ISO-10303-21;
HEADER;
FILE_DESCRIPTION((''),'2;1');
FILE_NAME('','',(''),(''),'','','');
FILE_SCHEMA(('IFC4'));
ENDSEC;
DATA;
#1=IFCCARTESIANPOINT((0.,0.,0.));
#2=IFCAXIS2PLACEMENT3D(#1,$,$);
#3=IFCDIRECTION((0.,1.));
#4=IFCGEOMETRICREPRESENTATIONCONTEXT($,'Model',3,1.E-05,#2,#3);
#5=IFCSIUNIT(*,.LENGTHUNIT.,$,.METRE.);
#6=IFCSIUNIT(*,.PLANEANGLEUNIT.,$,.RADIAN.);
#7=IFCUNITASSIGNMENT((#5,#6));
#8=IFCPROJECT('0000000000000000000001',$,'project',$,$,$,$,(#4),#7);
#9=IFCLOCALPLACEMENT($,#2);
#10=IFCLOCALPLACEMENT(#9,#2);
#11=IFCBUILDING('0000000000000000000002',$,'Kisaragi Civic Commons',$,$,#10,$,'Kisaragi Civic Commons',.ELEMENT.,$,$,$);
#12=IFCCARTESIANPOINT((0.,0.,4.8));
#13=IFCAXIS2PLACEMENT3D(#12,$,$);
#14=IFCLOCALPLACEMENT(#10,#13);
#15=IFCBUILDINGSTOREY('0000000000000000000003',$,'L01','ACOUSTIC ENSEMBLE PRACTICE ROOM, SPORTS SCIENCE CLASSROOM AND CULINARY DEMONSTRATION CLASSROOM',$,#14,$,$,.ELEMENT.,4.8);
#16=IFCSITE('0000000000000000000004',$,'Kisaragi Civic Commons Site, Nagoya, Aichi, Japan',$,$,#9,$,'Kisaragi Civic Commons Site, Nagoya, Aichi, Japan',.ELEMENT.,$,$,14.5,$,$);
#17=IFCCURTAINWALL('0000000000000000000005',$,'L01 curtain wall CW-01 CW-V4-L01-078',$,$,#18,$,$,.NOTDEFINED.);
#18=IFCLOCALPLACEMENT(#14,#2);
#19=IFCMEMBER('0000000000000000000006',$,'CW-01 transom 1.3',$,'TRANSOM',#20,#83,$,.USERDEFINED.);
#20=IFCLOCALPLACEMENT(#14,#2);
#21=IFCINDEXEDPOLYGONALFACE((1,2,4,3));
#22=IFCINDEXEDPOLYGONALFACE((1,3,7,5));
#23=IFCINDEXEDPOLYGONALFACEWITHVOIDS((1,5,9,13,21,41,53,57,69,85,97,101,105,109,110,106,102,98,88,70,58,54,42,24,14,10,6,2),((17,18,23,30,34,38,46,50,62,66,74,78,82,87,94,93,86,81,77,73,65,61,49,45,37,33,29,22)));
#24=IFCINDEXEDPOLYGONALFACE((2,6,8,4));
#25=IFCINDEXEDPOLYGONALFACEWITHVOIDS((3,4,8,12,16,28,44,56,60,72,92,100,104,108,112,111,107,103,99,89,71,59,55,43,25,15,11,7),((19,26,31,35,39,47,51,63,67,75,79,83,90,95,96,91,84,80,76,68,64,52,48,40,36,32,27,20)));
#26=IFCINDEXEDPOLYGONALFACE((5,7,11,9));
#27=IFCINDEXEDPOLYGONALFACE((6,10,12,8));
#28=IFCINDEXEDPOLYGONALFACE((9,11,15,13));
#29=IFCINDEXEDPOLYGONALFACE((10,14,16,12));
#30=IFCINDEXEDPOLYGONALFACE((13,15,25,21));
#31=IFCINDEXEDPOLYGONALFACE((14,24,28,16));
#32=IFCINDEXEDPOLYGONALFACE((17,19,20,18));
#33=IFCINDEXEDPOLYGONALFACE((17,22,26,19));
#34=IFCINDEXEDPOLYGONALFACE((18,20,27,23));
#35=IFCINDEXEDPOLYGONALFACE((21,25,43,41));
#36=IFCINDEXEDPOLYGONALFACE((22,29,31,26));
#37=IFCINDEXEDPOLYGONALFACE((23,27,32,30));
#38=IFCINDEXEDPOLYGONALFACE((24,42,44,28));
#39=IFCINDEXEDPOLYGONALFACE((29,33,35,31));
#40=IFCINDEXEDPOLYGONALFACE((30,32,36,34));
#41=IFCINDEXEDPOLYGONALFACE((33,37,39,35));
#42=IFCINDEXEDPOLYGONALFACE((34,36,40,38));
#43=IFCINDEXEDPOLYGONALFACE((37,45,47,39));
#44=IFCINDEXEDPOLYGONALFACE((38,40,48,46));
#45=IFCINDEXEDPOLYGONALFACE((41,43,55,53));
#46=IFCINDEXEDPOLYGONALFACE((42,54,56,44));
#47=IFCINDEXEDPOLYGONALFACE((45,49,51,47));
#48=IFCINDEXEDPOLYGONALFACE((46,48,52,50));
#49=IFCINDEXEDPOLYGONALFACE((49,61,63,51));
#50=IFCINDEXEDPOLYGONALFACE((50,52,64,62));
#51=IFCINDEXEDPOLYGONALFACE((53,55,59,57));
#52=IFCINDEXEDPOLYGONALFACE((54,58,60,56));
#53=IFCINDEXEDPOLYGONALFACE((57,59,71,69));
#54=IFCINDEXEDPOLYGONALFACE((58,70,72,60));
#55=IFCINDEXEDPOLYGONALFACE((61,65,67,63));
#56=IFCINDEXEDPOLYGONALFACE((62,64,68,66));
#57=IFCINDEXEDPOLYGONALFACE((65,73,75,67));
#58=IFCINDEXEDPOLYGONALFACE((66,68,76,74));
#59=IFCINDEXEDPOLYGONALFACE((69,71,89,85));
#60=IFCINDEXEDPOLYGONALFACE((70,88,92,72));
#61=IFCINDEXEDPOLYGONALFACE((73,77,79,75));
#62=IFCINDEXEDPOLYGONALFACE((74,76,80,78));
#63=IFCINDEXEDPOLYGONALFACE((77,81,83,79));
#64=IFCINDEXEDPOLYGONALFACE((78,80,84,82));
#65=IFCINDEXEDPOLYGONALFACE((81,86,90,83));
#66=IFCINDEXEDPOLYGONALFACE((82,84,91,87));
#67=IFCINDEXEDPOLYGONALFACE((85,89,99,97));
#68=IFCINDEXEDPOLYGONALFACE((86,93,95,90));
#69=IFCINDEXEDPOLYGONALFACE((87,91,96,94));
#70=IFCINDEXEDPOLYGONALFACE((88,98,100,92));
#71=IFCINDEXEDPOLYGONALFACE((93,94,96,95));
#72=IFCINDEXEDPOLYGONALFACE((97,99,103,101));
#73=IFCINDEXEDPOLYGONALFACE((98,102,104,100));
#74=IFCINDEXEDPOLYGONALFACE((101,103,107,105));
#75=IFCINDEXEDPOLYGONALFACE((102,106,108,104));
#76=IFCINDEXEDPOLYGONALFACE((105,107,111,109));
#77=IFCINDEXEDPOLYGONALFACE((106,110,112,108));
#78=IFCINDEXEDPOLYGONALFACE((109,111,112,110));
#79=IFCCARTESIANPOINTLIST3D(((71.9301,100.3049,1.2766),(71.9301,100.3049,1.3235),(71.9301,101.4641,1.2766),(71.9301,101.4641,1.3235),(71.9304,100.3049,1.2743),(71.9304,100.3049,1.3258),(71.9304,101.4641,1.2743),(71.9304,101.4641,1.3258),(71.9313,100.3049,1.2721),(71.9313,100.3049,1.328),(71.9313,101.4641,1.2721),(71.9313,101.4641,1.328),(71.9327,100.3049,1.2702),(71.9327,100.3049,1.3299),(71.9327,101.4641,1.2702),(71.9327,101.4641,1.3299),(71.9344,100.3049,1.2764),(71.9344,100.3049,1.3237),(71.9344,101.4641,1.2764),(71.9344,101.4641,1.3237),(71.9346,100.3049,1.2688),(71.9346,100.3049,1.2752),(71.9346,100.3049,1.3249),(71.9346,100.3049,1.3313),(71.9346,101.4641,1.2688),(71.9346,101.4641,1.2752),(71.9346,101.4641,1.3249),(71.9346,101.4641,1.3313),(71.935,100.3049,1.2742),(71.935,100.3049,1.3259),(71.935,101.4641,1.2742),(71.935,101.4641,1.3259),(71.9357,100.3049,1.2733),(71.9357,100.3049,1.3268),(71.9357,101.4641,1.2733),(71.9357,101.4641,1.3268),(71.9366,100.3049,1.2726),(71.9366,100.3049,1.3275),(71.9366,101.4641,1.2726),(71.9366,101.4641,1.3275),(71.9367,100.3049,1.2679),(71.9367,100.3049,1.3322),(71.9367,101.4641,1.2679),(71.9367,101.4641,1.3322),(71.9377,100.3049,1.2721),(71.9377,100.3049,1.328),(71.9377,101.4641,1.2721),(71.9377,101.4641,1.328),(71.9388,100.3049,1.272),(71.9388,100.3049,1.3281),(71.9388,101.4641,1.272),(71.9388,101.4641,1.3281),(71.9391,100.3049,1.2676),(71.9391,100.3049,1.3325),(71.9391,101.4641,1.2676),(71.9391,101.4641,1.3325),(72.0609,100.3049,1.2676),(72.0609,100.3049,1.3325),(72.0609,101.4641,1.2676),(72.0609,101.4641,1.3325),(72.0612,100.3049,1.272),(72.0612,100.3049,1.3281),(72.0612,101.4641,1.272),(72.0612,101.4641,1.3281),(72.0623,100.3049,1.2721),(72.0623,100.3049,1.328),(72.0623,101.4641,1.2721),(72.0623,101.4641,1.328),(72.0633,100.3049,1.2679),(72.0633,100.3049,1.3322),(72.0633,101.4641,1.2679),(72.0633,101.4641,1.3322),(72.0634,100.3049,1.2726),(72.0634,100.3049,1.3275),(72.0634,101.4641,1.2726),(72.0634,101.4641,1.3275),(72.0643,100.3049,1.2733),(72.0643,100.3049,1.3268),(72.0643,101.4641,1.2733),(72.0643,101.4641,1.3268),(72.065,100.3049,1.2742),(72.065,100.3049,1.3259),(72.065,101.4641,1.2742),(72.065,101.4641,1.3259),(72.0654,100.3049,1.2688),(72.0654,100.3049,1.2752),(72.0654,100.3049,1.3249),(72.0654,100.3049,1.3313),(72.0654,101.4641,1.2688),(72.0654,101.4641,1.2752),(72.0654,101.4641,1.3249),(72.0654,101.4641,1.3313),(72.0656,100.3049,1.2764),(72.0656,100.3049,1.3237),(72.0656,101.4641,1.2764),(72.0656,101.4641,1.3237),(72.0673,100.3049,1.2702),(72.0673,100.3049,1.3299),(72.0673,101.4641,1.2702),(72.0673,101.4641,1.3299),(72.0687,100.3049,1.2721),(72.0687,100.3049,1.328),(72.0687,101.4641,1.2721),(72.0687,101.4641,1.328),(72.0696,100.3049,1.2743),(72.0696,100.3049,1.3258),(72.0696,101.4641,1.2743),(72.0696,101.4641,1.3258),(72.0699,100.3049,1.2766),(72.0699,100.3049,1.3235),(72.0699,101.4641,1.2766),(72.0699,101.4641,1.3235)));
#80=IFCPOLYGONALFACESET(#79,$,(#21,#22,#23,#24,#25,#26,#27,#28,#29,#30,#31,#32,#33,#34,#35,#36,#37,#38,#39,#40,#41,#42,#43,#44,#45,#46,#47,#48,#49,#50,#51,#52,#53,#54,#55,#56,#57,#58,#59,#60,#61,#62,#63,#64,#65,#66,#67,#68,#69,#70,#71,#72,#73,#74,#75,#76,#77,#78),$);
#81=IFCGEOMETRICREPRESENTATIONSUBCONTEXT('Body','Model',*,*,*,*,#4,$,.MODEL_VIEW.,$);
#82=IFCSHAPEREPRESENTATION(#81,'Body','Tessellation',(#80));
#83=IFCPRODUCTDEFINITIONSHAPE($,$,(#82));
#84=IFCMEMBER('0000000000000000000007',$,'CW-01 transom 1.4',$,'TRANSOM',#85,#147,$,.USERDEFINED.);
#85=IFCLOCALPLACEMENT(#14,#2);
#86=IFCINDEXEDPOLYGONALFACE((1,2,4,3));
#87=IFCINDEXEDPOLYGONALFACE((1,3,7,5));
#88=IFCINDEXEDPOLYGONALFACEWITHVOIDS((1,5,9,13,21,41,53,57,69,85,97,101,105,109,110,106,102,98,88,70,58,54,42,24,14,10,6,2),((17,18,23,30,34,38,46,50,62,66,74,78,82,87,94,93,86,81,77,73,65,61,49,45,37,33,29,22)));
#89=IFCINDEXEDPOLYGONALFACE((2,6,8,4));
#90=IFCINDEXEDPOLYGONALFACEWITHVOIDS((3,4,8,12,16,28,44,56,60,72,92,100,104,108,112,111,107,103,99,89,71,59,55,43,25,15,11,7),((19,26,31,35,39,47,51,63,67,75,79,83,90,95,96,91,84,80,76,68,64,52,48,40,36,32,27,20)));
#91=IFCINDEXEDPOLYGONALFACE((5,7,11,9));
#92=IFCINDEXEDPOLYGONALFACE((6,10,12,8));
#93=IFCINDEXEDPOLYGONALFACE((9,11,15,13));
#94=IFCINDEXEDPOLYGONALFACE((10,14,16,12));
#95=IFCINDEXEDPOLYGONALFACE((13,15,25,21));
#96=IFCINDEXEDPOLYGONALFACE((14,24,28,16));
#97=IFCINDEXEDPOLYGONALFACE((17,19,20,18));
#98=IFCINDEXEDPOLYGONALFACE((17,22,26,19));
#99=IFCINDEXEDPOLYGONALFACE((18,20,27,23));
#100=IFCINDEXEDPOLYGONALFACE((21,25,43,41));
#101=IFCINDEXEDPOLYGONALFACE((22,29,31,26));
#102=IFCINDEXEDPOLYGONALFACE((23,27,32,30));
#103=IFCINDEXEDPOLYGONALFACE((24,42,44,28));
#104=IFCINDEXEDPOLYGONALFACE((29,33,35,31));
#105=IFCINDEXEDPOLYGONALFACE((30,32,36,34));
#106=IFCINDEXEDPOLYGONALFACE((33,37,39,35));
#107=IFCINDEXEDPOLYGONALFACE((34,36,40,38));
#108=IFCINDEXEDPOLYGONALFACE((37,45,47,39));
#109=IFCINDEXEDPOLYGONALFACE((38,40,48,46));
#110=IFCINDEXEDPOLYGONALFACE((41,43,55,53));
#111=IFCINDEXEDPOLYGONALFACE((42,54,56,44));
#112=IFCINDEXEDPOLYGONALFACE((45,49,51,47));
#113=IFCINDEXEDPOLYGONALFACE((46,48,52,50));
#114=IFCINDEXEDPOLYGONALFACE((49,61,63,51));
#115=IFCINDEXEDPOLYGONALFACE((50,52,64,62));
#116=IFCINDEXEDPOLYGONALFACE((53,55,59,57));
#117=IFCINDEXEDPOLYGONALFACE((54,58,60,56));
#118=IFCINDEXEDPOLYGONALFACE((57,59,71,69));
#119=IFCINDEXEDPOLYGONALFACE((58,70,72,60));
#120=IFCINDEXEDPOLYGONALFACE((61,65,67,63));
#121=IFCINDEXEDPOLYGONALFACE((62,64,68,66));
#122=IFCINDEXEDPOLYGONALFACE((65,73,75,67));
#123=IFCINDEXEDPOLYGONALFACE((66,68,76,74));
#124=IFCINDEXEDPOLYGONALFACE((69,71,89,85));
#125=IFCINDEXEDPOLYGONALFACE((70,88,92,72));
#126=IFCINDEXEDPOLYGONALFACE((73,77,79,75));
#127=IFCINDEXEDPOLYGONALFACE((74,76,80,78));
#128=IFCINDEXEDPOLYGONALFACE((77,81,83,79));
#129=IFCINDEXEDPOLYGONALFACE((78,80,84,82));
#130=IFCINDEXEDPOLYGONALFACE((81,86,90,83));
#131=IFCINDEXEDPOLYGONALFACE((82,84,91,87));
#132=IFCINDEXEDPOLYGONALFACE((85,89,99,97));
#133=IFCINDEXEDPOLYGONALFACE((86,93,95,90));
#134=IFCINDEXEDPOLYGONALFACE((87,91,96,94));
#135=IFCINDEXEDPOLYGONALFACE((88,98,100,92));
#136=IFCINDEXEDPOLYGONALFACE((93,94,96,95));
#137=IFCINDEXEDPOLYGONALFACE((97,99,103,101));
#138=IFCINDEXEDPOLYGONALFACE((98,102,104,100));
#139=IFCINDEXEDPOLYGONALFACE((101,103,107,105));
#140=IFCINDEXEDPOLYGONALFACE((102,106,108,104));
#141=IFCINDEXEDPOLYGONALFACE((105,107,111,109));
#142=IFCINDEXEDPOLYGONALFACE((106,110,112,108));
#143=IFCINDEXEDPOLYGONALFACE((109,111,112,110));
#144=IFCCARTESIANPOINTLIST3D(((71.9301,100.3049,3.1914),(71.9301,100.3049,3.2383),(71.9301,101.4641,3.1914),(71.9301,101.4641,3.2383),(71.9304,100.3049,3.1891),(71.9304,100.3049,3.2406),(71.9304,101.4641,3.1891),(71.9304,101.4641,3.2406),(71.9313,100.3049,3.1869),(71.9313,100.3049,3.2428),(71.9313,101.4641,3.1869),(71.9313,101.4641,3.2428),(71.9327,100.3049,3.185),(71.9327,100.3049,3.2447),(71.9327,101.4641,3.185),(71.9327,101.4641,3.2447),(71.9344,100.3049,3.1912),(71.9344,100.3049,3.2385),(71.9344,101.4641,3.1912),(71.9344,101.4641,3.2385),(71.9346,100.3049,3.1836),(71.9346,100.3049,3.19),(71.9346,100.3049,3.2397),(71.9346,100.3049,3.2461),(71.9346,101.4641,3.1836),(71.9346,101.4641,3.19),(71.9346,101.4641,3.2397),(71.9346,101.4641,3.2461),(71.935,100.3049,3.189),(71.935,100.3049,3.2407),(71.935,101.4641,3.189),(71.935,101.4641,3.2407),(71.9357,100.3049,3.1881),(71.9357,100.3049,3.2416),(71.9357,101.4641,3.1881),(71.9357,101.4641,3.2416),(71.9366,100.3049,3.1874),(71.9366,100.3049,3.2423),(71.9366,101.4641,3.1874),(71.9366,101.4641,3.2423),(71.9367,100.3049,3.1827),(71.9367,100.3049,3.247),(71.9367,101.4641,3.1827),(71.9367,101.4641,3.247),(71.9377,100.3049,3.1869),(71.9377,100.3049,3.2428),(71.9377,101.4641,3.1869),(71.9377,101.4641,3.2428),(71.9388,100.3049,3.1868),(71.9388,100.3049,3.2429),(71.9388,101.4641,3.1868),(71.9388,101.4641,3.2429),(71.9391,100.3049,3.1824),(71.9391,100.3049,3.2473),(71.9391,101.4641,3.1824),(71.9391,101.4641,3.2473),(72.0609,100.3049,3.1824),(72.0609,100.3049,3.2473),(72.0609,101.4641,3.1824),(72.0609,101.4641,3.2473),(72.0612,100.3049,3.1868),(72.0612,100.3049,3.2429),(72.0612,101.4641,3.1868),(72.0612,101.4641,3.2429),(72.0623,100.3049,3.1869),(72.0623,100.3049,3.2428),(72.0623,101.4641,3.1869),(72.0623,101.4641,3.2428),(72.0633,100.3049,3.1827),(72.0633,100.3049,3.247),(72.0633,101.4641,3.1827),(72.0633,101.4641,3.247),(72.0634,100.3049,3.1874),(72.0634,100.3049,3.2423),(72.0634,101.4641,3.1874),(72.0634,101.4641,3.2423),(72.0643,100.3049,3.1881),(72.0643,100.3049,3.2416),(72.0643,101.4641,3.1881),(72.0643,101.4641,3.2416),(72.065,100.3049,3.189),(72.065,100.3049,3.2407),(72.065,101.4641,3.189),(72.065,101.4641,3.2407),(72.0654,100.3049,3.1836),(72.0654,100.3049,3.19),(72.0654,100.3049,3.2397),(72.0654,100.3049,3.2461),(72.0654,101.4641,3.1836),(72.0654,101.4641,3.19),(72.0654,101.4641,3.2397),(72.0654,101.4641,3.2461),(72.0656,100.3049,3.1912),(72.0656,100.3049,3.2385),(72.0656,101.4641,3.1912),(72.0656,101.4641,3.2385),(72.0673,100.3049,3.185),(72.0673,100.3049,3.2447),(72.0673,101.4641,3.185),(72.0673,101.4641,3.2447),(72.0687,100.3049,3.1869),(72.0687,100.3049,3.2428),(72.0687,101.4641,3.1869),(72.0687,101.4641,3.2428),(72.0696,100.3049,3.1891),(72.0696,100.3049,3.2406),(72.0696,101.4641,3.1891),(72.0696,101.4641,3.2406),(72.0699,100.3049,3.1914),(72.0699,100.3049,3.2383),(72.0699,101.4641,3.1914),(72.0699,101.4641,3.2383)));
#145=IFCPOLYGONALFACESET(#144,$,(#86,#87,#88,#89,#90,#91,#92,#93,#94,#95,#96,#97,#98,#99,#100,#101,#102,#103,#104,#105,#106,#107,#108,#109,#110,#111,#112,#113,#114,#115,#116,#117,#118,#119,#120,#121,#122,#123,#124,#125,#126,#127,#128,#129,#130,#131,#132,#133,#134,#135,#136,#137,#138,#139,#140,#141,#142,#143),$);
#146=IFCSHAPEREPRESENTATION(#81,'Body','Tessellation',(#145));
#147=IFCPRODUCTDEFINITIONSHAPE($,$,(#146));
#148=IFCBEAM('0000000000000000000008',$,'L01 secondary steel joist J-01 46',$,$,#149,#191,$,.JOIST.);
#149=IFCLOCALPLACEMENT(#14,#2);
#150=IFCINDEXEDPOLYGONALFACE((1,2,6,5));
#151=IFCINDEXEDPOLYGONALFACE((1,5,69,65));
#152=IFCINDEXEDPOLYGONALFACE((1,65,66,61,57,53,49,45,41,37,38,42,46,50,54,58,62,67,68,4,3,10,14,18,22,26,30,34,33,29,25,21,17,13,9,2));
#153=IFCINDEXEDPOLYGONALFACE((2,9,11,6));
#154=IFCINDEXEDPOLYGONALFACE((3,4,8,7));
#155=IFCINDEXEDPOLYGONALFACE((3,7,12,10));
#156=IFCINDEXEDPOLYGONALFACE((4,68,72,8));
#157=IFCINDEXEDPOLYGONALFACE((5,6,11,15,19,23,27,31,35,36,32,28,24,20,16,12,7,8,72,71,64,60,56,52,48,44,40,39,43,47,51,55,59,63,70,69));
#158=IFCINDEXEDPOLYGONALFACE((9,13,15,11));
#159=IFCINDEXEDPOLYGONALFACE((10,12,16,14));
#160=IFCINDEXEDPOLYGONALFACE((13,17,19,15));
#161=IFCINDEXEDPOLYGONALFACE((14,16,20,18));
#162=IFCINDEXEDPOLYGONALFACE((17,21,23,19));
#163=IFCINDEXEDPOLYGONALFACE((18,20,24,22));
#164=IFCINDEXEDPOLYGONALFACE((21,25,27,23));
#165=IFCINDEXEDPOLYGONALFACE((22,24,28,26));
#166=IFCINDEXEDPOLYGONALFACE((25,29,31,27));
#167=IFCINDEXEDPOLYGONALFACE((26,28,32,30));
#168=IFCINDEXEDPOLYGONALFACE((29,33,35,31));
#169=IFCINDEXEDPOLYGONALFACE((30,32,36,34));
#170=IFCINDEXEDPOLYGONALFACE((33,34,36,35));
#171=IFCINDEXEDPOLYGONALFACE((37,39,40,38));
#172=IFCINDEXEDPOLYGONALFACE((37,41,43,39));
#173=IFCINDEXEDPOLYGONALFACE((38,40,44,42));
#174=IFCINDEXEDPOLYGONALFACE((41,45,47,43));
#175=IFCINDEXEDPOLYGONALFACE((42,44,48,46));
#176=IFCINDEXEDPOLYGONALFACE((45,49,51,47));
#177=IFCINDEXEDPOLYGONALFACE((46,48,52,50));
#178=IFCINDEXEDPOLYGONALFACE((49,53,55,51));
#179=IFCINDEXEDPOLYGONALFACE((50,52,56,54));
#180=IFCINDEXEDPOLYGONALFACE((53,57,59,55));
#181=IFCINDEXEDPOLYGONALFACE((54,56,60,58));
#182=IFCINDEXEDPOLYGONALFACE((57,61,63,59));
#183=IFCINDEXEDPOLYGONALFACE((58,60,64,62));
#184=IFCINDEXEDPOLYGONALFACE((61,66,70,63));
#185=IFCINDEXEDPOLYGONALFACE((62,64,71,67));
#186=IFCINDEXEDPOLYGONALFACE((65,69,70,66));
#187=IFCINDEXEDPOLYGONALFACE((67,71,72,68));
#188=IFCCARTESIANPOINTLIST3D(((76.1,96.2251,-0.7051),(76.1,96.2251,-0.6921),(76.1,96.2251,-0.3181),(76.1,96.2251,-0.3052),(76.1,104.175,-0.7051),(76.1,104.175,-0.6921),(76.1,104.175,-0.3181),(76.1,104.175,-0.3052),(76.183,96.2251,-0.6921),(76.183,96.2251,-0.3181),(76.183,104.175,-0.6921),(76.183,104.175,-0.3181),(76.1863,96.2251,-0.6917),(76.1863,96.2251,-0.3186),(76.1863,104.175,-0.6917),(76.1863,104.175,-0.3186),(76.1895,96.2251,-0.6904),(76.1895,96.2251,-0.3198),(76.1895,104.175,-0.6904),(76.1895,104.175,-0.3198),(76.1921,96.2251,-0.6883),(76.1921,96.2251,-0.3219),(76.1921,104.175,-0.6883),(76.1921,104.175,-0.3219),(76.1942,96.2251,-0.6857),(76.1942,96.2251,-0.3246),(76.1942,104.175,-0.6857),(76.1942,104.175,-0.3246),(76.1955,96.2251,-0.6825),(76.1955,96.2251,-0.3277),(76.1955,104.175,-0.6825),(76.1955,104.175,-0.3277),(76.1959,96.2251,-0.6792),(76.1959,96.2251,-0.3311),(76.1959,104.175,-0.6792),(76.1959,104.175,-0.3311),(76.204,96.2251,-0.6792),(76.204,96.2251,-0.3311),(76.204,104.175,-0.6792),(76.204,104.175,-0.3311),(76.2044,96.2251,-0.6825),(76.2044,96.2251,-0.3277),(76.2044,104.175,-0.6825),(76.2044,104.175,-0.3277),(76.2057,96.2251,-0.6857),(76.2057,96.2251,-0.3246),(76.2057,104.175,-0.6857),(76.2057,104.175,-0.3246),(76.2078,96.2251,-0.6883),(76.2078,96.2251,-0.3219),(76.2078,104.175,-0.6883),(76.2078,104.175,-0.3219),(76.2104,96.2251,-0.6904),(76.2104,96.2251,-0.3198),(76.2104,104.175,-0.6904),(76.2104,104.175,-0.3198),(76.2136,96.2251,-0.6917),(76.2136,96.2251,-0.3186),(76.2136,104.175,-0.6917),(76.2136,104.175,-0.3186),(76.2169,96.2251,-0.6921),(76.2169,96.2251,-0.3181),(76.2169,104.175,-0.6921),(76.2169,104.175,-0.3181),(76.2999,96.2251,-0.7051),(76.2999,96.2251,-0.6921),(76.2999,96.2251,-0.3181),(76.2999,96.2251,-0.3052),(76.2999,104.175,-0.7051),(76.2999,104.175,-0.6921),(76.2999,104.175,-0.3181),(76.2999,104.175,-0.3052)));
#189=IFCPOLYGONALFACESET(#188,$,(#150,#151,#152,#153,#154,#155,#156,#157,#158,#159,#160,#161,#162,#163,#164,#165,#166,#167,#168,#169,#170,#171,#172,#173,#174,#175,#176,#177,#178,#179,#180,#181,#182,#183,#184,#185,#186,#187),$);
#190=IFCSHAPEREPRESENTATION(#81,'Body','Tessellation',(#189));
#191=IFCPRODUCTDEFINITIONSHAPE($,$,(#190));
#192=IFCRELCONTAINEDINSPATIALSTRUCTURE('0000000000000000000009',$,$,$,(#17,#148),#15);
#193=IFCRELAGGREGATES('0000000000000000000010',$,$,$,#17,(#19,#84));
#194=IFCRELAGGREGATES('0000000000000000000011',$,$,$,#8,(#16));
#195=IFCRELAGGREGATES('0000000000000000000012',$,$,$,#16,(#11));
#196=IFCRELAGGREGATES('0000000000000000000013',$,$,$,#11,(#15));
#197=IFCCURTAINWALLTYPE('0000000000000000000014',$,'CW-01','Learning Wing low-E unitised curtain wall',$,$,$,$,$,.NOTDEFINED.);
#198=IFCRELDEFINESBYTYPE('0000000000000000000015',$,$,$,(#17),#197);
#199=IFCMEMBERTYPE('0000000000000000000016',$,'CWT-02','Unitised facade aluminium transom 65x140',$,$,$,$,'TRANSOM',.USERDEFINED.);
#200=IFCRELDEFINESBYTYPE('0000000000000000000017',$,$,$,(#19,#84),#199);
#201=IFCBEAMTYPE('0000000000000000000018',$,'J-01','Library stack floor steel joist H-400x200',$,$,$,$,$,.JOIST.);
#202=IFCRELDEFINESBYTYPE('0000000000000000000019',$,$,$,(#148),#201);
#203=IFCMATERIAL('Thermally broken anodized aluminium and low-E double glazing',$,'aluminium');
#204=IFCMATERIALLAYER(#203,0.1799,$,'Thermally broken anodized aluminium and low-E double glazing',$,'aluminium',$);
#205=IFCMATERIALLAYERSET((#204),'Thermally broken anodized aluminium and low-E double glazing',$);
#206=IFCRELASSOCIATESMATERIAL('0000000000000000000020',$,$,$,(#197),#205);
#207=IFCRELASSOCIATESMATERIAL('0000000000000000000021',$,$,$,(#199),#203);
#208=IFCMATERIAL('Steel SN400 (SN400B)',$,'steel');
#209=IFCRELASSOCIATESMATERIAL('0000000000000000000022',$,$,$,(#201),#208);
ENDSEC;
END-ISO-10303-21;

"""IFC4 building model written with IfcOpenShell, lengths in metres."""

from ifc_helpers import new_model, si_unit, direction, frame, origin, origin_2d, place, context, subcontext, project, spatial, hollow_rectangle, i_section, extrude, material, layer, layer_set, material_profile, profile_set, type_object, element, aggregate, save


model = new_model("IFC4")

# Units and contexts
model_context = context("Model", 3, precision=1e-05, world=origin(), true_north=direction((0.0, 1.0)))
body_context = subcontext(model_context, "Body", "Model", "MODEL_VIEW")
ifc_project = project(units=[si_unit("LENGTHUNIT", "METRE"), si_unit("PLANEANGLEUNIT", "RADIAN")], contexts=[model_context])

# Site, building, storey
site_placement = place(None, origin())
site = spatial("IfcSite", under=ifc_project, at=site_placement, Name="Kisaragi Civic Commons Site, Nagoya, Aichi, Japan", LongName="Kisaragi Civic Commons Site, Nagoya, Aichi, Japan", CompositionType="ELEMENT", RefElevation=14.5)
building_placement = place(site_placement, origin())
building = spatial("IfcBuilding", under=site, at=building_placement, Name="Kisaragi Civic Commons", LongName="Kisaragi Civic Commons", CompositionType="ELEMENT")
storey_placement = place(building_placement, frame((0.0, 0.0, 4.8)))
storey = spatial("IfcBuildingStorey", under=building, at=storey_placement, Name="L01", Description="ACOUSTIC ENSEMBLE PRACTICE ROOM, SPORTS SCIENCE CLASSROOM AND CULINARY DEMONSTRATION CLASSROOM", CompositionType="ELEMENT", Elevation=4.8)

# Curtain wall
ifc_material_1 = material(Name="Thermally broken anodized aluminium and low-E double glazing", Category="aluminium")
ifc_layer_1 = layer(ifc_material_1, 0.1799, Name="Thermally broken anodized aluminium and low-E double glazing", Category="aluminium")
ifc_layer_set_1 = layer_set([ifc_layer_1], Name="Thermally broken anodized aluminium and low-E double glazing")
curtain_wall_type = type_object("IfcCurtainWallType", Name="CW-01", Description="Learning Wing low-E unitised curtain wall", PredefinedType="NOTDEFINED", material=ifc_layer_set_1)
curtain_wall_1_placement = place(storey_placement, origin())
curtain_wall_1 = element("IfcCurtainWall", 1, at=curtain_wall_1_placement, inside=storey, type_object=curtain_wall_type, Name="L01 curtain wall CW-01 CW-V4-L01-078", PredefinedType="NOTDEFINED")

# Members
ifc_material_profile_1 = material_profile(ifc_material_1, hollow_rectangle(XDim=0.1399, YDim=0.0649, WallThickness=0.0044, InnerFilletRadius=0.0044, OuterFilletRadius=0.009, at=origin_2d()), Name="CWT-65x140x4.5", Category="aluminium")
ifc_profile_set_1 = profile_set([ifc_material_profile_1], Name="Thermally broken anodized aluminium and low-E double glazing")
member_type_1 = type_object("IfcMemberType", Name="CWT-02", Description="Unitised facade aluminium transom 65x140", ElementType="TRANSOM", PredefinedType="USERDEFINED", material=ifc_profile_set_1)
member_1_placement = place(storey_placement, frame((72.0, 100.3049, 1.3), z_axis=(0.0, 1.0, 0.0), x_axis=(-1.0, 0.0, 0.0)))
member_1 = element("IfcMember", 2, at=member_1_placement, type_object=member_type_1, Name="CW-01 transom 1.3", ObjectType="TRANSOM", PredefinedType="USERDEFINED", context=body_context, shape_type="SweptSolid", body=[
    extrude(hollow_rectangle(XDim=0.1399, YDim=0.0649, WallThickness=0.0044, InnerFilletRadius=0.0044, OuterFilletRadius=0.009, at=origin_2d()), origin(), (0.0, 0.0, 1.0), 1.1592),
])
member_2_placement = place(storey_placement, frame((72.0, 100.3049, 3.2148), z_axis=(0.0, 1.0, 0.0), x_axis=(-1.0, 0.0, 0.0)))
member_2 = element("IfcMember", 3, at=member_2_placement, type_object=member_type_1, Name="CW-01 transom 1.4", ObjectType="TRANSOM", PredefinedType="USERDEFINED", context=body_context, shape_type="SweptSolid", body=[
    extrude(hollow_rectangle(XDim=0.1399, YDim=0.0649, WallThickness=0.0044, InnerFilletRadius=0.0044, OuterFilletRadius=0.009, at=origin_2d()), origin(), (0.0, 0.0, 1.0), 1.1592),
])

# Beam
ifc_material_2 = material(Name="Steel SN400 (SN400B)", Category="steel")
ifc_material_profile_2 = material_profile(ifc_material_2, i_section(OverallWidth=0.2, OverallDepth=0.3999, WebThickness=0.0081, FlangeThickness=0.0129, FilletRadius=0.0129, at=origin_2d()), Name="H-400x200x8x13", Category="steel")
ifc_profile_set_2 = profile_set([ifc_material_profile_2], Name="Steel SN400 (SN400B)")
beam_type_1 = type_object("IfcBeamType", Name="J-01", Description="Library stack floor steel joist H-400x200", PredefinedType="JOIST", material=ifc_profile_set_2)
beam_1_placement = place(storey_placement, frame((76.2, 96.2251, -0.5051), z_axis=(0.0, 1.0, 0.0), x_axis=(-1.0, 0.0, 0.0)))
element("IfcBeam", 4, at=beam_1_placement, inside=storey, type_object=beam_type_1, Name="L01 secondary steel joist J-01 46", PredefinedType="JOIST", context=body_context, shape_type="SweptSolid", body=[
    extrude(i_section(OverallWidth=0.2, OverallDepth=0.3999, WebThickness=0.0081, FlangeThickness=0.0129, FilletRadius=0.0129, at=origin_2d()), origin(), (0.0, 0.0, 1.0), 7.95),
])

aggregate(curtain_wall_1, [member_1, member_2])

save(model, "model.ifc")
